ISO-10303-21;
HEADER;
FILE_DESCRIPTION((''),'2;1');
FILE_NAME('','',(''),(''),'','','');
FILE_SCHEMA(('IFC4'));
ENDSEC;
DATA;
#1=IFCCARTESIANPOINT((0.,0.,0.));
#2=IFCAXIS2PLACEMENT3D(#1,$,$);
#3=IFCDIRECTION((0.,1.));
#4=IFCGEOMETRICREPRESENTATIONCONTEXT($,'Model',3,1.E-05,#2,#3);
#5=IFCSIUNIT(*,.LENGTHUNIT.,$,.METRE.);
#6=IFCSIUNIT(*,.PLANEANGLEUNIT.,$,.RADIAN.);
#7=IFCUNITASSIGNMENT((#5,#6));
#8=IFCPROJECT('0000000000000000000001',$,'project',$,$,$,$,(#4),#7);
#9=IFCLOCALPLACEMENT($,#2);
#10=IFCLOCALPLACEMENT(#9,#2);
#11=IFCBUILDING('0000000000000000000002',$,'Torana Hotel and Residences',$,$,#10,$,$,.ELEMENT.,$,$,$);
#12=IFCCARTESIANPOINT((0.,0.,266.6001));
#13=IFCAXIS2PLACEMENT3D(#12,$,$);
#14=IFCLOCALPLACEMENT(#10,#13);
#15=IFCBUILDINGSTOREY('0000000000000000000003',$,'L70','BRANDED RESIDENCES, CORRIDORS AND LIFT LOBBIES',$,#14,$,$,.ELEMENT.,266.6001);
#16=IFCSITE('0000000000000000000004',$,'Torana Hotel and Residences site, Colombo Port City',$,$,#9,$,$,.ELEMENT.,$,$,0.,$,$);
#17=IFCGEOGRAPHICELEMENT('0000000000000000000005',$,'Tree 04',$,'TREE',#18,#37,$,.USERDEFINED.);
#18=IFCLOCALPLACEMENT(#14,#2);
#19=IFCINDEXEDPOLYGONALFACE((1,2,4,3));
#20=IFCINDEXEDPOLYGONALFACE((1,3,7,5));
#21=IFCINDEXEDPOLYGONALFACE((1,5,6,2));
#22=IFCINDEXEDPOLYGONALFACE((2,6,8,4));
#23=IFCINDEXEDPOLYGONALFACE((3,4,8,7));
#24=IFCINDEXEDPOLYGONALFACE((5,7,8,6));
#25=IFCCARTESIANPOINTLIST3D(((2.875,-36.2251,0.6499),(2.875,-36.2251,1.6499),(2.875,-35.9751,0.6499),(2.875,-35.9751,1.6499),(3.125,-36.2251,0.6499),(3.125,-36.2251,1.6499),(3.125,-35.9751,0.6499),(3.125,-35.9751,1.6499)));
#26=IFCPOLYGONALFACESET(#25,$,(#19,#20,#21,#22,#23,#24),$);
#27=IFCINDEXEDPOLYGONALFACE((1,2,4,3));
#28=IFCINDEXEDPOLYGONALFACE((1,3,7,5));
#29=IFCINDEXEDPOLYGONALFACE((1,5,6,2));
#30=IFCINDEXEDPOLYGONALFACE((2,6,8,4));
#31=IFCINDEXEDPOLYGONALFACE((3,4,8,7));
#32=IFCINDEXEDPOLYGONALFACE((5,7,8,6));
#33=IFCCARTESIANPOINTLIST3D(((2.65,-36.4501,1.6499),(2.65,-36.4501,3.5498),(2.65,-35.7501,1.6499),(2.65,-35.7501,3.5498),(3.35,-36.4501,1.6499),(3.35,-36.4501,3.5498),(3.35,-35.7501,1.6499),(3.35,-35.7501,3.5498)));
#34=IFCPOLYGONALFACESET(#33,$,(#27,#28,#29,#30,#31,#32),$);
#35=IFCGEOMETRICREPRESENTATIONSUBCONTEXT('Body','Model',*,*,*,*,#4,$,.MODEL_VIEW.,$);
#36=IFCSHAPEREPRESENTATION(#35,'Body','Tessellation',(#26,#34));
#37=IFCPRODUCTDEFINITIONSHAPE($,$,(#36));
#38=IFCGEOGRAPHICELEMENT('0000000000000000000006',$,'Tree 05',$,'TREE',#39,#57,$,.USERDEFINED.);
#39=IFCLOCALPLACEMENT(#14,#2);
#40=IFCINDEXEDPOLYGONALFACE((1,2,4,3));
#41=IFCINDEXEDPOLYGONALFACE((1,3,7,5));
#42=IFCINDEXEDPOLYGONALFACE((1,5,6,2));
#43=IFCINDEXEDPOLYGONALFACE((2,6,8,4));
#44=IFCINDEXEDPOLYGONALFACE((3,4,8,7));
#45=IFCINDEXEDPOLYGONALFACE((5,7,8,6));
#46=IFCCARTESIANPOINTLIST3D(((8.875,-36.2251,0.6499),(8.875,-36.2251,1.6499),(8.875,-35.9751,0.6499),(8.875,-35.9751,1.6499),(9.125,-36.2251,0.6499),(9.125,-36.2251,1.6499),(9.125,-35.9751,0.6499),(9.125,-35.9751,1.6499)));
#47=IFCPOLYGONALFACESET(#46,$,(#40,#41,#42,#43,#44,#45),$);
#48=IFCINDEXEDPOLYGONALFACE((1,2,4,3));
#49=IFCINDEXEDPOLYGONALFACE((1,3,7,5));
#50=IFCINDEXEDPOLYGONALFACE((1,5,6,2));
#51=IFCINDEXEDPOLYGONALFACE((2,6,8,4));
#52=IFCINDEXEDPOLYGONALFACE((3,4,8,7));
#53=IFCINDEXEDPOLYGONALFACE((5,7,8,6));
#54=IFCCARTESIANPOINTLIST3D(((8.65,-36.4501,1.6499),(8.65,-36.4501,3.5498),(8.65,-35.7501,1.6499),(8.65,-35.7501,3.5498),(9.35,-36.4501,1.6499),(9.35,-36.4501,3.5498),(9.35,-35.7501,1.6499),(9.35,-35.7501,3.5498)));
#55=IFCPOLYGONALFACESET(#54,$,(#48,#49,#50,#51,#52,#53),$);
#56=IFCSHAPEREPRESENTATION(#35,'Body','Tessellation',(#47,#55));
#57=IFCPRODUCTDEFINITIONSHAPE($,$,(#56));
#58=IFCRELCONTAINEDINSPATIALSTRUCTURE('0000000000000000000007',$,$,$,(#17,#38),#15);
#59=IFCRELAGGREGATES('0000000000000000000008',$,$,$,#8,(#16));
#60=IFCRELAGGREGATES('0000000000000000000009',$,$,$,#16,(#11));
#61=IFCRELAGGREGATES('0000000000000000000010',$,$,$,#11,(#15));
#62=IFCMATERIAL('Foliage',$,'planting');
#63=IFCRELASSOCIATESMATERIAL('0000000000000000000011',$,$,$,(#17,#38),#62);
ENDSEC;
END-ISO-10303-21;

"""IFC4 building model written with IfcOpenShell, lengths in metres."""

from ifc_helpers import new_model, si_unit, direction, frame, origin, origin_2d, place, context, subcontext, project, spatial, rectangle, extrude, material, element, save


model = new_model("IFC4")

# Units and contexts
model_context = context("Model", 3, precision=1e-05, world=origin(), true_north=direction((0.0, 1.0)))
body_context = subcontext(model_context, "Body", "Model", "MODEL_VIEW")
ifc_project = project(units=[si_unit("LENGTHUNIT", "METRE"), si_unit("PLANEANGLEUNIT", "RADIAN")], contexts=[model_context])

# Site, building, storey
site_placement = place(None, origin())
site = spatial("IfcSite", under=ifc_project, at=site_placement, Name="Torana Hotel and Residences site, Colombo Port City", CompositionType="ELEMENT", RefElevation=0.0)
building_placement = place(site_placement, origin())
building = spatial("IfcBuilding", under=site, at=building_placement, Name="Torana Hotel and Residences", CompositionType="ELEMENT")
storey_placement = place(building_placement, frame((0.0, 0.0, 266.6001)))
storey = spatial("IfcBuildingStorey", under=building, at=storey_placement, Name="L70", Description="BRANDED RESIDENCES, CORRIDORS AND LIFT LOBBIES", CompositionType="ELEMENT", Elevation=266.6001)

# Geographic elements
ifc_material_1 = material(Name="Foliage", Category="planting")
for number, where, z_axis, x_axis, name in (
    (1, (3.0, -36.1001, 0.6499), (0.0, 0.0, 1.0), (1.0, 0.0, 0.0), "Tree 04"),
    (2, (9.0, -36.1001, 0.6499), (0.0, 0.0, 1.0), (1.0, 0.0, 0.0), "Tree 05"),
):
    element("IfcGeographicElement", number, at=place(storey_placement, frame(where, z_axis=z_axis, x_axis=x_axis)), inside=storey, material=ifc_material_1, Name=name, ObjectType="TREE", PredefinedType="USERDEFINED", context=body_context, shape_type="SweptSolid", body=[
        extrude(rectangle(XDim=0.25, YDim=0.25, at=origin_2d()), origin(), (0.0, 0.0, 1.0), 1.0),
        extrude(rectangle(XDim=0.7, YDim=0.7, at=origin_2d()), frame((0.0, 0.0, 1.0)), (0.0, 0.0, 1.0), 1.8999),
    ])

save(model, "model.ifc")
